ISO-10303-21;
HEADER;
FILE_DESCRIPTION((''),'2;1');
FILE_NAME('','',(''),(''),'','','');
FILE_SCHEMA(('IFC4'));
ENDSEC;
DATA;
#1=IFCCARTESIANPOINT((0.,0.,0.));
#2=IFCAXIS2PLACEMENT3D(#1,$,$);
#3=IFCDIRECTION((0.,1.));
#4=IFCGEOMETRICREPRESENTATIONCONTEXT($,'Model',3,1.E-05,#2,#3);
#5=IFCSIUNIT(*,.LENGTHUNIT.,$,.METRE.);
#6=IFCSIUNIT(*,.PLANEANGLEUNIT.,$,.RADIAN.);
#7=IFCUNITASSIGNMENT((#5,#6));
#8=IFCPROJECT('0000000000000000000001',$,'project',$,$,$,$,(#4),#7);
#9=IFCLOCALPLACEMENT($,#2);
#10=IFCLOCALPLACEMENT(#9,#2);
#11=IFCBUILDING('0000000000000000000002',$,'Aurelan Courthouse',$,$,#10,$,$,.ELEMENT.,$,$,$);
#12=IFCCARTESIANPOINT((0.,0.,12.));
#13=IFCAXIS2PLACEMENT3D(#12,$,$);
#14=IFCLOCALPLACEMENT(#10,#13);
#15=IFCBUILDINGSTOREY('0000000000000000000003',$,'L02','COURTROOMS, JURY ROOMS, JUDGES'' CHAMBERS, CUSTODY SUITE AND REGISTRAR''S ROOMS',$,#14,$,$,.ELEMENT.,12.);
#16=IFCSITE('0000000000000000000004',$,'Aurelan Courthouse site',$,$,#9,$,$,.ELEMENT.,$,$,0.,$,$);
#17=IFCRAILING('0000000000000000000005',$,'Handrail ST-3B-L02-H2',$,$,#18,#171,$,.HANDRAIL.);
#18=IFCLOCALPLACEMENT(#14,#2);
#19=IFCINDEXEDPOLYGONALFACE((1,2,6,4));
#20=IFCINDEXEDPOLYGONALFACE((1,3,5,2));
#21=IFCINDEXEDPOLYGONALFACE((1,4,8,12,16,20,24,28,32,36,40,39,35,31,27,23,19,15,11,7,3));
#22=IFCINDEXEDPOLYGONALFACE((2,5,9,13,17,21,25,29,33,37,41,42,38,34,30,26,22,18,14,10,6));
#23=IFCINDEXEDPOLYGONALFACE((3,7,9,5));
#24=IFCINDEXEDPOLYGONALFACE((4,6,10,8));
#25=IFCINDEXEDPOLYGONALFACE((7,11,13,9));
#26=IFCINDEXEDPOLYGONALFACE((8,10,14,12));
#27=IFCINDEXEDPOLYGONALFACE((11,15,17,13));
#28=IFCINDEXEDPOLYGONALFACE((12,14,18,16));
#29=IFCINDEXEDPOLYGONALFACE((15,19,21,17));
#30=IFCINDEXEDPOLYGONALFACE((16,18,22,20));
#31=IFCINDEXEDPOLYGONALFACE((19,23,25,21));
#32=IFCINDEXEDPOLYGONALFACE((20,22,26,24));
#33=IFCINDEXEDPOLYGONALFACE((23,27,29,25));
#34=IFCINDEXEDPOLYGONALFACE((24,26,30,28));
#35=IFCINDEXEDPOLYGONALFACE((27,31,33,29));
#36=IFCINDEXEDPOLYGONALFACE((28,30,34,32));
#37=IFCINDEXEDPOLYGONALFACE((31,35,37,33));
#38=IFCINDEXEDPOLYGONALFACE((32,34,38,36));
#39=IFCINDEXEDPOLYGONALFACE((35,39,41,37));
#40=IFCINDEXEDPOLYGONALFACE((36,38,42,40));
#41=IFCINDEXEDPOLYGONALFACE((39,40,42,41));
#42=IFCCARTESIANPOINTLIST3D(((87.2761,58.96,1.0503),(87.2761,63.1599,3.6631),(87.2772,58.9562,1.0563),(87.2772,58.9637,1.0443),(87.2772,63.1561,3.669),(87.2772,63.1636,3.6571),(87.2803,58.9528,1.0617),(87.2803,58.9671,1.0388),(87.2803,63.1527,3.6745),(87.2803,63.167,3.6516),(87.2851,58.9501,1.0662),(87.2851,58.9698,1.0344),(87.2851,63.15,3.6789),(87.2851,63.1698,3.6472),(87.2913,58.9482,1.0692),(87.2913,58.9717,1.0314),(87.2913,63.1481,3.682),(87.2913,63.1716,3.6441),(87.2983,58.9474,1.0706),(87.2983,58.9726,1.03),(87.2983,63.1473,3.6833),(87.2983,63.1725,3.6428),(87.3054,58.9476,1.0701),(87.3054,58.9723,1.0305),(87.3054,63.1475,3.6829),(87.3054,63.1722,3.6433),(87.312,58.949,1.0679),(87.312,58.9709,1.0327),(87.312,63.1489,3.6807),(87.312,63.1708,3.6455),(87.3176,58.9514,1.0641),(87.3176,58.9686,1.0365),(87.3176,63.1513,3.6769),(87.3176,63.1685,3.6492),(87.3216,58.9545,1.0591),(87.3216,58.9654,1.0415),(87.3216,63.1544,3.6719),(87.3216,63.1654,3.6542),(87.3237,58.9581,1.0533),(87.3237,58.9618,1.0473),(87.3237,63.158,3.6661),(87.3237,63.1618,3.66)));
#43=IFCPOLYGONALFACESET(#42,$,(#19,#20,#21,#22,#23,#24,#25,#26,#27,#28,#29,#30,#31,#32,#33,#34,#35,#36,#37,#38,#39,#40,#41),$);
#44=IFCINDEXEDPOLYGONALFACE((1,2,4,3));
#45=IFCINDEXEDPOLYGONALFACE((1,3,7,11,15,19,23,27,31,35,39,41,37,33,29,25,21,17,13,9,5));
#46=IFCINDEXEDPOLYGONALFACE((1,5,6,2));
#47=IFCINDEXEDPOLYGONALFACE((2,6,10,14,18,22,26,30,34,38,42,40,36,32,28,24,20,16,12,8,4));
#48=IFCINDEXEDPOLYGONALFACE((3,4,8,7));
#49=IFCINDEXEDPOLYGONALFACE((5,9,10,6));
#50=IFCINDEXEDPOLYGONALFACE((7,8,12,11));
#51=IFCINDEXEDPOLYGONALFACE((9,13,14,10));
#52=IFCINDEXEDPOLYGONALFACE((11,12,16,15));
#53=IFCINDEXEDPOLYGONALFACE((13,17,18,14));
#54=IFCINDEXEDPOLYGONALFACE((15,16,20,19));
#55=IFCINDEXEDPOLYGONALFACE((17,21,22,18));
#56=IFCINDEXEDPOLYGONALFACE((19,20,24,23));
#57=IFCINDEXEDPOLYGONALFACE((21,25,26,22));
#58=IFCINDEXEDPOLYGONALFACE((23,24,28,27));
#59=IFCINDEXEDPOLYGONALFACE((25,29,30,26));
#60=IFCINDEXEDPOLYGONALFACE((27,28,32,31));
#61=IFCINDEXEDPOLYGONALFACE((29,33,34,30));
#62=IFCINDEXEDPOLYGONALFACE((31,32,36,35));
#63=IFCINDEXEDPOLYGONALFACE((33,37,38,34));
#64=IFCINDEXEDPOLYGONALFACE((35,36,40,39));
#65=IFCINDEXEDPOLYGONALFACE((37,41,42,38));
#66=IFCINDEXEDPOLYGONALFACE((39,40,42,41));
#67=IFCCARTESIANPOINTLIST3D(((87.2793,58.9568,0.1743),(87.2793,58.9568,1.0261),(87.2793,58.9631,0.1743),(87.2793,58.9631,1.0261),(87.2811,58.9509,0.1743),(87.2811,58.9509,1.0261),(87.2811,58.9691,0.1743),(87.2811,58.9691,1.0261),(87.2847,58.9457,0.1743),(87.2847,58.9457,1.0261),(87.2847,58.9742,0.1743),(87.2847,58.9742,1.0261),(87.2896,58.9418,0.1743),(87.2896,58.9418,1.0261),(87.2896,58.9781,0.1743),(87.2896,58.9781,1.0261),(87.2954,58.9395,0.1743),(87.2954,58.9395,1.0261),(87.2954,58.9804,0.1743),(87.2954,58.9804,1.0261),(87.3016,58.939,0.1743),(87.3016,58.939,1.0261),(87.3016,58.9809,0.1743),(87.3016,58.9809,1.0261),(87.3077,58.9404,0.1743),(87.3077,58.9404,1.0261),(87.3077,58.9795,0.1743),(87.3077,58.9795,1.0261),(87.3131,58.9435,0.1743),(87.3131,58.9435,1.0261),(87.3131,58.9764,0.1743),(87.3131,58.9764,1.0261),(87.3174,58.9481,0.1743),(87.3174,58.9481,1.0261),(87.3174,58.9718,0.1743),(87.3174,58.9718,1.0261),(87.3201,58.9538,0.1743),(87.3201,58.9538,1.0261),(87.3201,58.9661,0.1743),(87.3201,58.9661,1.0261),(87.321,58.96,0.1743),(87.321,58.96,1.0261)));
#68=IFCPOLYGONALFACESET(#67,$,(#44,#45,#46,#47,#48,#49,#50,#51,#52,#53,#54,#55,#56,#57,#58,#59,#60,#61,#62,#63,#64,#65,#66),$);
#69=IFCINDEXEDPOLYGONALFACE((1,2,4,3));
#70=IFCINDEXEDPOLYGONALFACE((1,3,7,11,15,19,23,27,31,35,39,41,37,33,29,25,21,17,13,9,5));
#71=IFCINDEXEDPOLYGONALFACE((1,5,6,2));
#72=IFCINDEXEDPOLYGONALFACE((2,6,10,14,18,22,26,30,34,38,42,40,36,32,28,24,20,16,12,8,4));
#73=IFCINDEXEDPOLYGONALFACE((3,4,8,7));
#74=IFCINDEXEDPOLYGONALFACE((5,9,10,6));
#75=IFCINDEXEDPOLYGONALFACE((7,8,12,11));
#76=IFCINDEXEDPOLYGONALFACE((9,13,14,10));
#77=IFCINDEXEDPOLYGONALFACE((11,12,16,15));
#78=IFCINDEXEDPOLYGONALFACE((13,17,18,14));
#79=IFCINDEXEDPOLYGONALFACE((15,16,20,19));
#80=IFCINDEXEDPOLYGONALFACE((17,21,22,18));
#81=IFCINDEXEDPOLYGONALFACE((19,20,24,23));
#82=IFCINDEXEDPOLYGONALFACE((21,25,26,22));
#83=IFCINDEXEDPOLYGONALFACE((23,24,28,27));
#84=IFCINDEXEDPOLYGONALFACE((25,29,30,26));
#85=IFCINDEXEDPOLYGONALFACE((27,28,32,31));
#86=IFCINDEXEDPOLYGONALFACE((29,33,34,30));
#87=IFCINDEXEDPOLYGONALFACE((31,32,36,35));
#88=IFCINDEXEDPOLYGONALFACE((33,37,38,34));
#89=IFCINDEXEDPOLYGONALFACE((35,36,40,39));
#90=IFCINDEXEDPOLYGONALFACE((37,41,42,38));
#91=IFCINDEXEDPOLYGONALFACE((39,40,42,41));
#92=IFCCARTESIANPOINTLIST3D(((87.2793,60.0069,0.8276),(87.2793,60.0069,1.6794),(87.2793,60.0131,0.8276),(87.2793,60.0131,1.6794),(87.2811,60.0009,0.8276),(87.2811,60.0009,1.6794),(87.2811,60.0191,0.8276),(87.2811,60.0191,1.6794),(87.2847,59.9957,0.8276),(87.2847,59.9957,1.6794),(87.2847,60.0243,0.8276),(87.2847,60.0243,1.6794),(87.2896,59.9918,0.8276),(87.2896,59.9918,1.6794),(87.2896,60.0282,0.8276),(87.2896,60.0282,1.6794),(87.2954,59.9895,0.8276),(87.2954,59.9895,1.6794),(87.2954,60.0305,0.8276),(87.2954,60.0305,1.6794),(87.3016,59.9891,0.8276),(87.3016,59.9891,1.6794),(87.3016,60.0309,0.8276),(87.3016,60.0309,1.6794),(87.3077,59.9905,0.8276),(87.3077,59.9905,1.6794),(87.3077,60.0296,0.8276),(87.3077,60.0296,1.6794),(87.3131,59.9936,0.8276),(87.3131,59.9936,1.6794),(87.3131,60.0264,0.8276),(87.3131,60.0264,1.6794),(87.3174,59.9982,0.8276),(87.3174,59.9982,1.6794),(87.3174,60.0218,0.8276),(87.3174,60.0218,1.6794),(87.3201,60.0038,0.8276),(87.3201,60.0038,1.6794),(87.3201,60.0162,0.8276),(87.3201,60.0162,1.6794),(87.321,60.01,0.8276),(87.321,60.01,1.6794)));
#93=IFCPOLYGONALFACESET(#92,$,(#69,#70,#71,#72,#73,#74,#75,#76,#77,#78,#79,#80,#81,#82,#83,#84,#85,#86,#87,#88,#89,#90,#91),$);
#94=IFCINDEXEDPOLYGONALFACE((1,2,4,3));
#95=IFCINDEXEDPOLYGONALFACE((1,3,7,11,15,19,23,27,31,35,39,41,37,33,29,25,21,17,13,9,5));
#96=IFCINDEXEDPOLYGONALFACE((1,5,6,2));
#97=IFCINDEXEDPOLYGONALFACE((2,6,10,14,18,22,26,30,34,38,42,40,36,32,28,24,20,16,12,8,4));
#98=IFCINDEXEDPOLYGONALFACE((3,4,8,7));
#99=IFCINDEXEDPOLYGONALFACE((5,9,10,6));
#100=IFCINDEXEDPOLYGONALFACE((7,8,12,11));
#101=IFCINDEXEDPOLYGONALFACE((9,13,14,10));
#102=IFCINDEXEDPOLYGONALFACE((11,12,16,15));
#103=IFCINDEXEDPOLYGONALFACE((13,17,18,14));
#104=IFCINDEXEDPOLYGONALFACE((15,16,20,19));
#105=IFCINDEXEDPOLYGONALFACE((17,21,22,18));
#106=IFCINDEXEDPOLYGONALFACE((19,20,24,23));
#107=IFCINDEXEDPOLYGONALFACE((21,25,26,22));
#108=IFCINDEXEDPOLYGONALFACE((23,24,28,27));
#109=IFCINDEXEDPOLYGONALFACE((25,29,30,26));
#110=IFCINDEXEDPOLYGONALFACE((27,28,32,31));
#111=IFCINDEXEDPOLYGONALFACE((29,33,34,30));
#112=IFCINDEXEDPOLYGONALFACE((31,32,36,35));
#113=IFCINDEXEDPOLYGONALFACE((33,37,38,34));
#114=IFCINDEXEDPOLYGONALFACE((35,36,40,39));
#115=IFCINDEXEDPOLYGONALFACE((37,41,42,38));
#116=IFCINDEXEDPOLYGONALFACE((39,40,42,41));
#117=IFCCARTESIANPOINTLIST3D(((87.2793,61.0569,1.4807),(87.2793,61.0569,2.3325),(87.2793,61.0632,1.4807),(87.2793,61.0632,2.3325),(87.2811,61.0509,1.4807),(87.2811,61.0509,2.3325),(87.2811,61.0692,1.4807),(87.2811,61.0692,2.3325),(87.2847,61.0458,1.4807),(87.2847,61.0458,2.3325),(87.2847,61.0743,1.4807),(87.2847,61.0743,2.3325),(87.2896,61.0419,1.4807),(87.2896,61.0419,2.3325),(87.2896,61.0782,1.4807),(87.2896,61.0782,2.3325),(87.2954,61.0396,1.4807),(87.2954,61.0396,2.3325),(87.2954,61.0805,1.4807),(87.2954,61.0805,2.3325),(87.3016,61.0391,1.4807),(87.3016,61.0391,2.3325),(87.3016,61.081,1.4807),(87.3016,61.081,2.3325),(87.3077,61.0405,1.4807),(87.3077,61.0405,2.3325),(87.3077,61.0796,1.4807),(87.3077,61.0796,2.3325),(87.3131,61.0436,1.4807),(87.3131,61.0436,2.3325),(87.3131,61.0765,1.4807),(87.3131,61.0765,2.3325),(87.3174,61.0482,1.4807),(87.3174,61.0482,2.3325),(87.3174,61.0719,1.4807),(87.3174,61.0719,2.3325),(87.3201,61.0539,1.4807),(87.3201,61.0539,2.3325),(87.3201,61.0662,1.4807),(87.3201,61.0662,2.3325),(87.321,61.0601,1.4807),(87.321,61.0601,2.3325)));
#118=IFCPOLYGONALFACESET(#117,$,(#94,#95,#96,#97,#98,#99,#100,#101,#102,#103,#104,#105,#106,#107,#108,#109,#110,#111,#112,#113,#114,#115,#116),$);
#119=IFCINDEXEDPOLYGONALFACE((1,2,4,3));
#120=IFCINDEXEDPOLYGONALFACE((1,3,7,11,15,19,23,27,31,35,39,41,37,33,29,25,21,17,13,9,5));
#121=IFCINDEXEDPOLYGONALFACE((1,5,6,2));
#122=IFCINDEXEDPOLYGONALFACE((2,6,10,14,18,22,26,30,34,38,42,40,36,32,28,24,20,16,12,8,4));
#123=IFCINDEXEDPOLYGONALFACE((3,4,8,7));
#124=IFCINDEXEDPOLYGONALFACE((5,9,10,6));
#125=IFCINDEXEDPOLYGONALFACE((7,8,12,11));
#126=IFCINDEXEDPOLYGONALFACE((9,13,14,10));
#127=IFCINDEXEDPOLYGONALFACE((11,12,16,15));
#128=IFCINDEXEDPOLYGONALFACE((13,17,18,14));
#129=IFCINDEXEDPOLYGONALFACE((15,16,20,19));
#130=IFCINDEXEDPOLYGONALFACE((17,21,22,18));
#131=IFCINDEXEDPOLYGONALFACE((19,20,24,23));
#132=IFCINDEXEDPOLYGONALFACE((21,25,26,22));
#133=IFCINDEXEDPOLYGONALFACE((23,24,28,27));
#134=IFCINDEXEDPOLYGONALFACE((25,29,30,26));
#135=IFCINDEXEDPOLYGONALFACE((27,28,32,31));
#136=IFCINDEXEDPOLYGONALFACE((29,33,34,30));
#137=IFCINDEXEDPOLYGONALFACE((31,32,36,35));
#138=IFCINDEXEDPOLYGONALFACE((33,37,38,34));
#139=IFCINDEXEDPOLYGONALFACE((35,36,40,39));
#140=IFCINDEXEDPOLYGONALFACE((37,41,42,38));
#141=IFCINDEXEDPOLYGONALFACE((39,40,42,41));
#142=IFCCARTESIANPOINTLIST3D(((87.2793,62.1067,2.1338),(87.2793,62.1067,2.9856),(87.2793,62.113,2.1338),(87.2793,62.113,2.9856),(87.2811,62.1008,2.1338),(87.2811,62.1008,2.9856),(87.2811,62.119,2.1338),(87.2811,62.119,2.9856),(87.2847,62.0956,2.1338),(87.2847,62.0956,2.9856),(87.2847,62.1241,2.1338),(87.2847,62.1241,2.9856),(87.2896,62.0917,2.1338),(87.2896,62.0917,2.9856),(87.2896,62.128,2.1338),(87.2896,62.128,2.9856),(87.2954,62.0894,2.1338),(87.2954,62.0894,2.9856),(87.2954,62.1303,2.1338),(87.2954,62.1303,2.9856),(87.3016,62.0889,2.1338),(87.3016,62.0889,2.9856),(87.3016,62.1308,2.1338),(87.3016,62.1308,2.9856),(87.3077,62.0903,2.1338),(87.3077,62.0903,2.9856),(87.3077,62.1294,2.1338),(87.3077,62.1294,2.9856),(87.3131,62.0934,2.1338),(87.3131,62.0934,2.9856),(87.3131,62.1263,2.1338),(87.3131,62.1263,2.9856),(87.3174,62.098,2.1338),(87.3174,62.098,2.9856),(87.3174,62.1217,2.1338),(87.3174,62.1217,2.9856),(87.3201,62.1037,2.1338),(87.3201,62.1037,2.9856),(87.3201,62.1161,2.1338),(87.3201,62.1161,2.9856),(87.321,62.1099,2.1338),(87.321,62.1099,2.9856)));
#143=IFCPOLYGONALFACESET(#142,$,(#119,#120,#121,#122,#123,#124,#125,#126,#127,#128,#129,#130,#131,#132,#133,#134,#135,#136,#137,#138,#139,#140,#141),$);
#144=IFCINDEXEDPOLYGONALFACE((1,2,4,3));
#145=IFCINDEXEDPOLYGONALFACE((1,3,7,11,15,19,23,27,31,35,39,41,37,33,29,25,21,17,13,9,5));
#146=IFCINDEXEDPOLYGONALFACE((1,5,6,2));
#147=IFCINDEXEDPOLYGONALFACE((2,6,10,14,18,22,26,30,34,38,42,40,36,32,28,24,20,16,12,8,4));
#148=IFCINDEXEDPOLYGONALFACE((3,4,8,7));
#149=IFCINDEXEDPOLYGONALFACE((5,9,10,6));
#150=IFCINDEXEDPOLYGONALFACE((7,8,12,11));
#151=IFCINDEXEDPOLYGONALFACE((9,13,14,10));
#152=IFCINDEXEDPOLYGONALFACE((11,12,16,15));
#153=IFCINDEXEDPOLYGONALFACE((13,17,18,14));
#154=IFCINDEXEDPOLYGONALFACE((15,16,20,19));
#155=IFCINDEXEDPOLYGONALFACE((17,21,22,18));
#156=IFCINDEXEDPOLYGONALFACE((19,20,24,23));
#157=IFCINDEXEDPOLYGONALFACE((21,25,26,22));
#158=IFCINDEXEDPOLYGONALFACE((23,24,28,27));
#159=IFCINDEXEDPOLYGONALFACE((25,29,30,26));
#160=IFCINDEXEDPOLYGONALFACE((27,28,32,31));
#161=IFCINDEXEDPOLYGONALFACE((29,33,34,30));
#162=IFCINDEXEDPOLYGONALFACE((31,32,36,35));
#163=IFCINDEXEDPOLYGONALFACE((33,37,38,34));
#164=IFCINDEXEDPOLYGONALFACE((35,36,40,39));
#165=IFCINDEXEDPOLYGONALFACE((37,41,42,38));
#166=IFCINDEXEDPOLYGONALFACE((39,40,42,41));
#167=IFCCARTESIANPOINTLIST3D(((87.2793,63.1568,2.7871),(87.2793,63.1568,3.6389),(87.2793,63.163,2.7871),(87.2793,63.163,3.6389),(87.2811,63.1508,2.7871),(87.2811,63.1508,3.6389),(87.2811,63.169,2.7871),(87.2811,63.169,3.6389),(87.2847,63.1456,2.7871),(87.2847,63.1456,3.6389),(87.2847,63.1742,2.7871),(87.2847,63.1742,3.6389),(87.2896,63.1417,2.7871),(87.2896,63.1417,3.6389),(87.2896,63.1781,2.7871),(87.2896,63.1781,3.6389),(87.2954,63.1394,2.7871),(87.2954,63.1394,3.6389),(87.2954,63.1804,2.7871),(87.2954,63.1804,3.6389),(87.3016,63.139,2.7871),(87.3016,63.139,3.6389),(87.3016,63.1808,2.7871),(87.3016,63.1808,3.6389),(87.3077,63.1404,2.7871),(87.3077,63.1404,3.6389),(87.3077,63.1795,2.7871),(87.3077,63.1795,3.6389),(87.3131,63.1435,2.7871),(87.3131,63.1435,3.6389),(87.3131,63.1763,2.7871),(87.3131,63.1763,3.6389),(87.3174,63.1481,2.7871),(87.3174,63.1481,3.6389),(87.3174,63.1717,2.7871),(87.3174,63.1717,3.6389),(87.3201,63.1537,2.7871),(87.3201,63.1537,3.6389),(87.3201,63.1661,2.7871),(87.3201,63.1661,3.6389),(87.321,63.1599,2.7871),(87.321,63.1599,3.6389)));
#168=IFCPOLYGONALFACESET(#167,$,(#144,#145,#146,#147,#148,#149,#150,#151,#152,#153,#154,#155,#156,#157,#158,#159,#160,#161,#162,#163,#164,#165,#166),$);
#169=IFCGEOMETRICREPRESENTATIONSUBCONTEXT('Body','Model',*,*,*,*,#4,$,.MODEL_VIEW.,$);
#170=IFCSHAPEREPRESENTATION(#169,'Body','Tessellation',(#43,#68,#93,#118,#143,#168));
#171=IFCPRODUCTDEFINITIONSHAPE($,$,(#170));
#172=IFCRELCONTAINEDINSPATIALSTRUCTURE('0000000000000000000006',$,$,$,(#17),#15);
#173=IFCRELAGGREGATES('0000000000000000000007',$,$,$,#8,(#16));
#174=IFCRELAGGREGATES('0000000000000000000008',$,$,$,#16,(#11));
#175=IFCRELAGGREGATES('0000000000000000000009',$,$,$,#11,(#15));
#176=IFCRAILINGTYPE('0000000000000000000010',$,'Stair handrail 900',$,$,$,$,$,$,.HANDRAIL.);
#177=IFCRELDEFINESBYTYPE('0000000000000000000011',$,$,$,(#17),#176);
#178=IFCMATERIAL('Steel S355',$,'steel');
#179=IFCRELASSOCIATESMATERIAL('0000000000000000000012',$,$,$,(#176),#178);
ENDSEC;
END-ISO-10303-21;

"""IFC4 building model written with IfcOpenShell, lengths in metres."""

from ifc_helpers import new_model, si_unit, direction, frame, origin, origin_2d, place, context, subcontext, project, spatial, circle, extrude, material, type_object, element, save


model = new_model("IFC4")

# Units and contexts
model_context = context("Model", 3, precision=1e-05, world=origin(), true_north=direction((0.0, 1.0)))
body_context = subcontext(model_context, "Body", "Model", "MODEL_VIEW")
ifc_project = project(units=[si_unit("LENGTHUNIT", "METRE"), si_unit("PLANEANGLEUNIT", "RADIAN")], contexts=[model_context])

# Site, building, storey
site_placement = place(None, origin())
site = spatial("IfcSite", under=ifc_project, at=site_placement, Name="Aurelan Courthouse site", CompositionType="ELEMENT", RefElevation=0.0)
building_placement = place(site_placement, origin())
building = spatial("IfcBuilding", under=site, at=building_placement, Name="Aurelan Courthouse", CompositionType="ELEMENT")
storey_placement = place(building_placement, frame((0.0, 0.0, 12.0)))
storey = spatial("IfcBuildingStorey", under=building, at=storey_placement, Name="L02", Description="COURTROOMS, JURY ROOMS, JUDGES' CHAMBERS, CUSTODY SUITE AND REGISTRAR'S ROOMS", CompositionType="ELEMENT", Elevation=12.0)

# Railing
ifc_material_1 = material(Name="Steel S355", Category="steel")
railing_type_1 = type_object("IfcRailingType", Name="Stair handrail 900", PredefinedType="HANDRAIL", material=ifc_material_1)
for number, where, name in (
    (1, (87.3, 58.96, 0.1743), "Handrail ST-3B-L02-H2"),
):
    element("IfcRailing", number, at=place(storey_placement, frame(where)), inside=storey, type_object=railing_type_1, Name=name, PredefinedType="HANDRAIL", context=body_context, shape_type="SweptSolid", body=[
        extrude(circle(Radius=0.0239, at=origin_2d()), frame((0.0, 0.0, 0.876), z_axis=(0.0, 0.849103, 0.528228), x_axis=(-1.0, 0.0, 0.0)), (0.0, 0.0, 1.0), 4.9463),
        extrude(circle(Radius=0.021, at=origin_2d()), origin(), (0.0, 0.0, 1.0), 0.8518),
        extrude(circle(Radius=0.021, at=origin_2d()), frame((0.0, 1.05, 0.6533)), (0.0, 0.0, 1.0), 0.8518),
        extrude(circle(Radius=0.021, at=origin_2d()), frame((0.0, 2.1001, 1.3064)), (0.0, 0.0, 1.0), 0.8518),
        extrude(circle(Radius=0.021, at=origin_2d()), frame((0.0, 3.1499, 1.9595)), (0.0, 0.0, 1.0), 0.8518),
        extrude(circle(Radius=0.021, at=origin_2d()), frame((0.0, 4.2, 2.6128)), (0.0, 0.0, 1.0), 0.8518),
    ])

save(model, "model.ifc")
